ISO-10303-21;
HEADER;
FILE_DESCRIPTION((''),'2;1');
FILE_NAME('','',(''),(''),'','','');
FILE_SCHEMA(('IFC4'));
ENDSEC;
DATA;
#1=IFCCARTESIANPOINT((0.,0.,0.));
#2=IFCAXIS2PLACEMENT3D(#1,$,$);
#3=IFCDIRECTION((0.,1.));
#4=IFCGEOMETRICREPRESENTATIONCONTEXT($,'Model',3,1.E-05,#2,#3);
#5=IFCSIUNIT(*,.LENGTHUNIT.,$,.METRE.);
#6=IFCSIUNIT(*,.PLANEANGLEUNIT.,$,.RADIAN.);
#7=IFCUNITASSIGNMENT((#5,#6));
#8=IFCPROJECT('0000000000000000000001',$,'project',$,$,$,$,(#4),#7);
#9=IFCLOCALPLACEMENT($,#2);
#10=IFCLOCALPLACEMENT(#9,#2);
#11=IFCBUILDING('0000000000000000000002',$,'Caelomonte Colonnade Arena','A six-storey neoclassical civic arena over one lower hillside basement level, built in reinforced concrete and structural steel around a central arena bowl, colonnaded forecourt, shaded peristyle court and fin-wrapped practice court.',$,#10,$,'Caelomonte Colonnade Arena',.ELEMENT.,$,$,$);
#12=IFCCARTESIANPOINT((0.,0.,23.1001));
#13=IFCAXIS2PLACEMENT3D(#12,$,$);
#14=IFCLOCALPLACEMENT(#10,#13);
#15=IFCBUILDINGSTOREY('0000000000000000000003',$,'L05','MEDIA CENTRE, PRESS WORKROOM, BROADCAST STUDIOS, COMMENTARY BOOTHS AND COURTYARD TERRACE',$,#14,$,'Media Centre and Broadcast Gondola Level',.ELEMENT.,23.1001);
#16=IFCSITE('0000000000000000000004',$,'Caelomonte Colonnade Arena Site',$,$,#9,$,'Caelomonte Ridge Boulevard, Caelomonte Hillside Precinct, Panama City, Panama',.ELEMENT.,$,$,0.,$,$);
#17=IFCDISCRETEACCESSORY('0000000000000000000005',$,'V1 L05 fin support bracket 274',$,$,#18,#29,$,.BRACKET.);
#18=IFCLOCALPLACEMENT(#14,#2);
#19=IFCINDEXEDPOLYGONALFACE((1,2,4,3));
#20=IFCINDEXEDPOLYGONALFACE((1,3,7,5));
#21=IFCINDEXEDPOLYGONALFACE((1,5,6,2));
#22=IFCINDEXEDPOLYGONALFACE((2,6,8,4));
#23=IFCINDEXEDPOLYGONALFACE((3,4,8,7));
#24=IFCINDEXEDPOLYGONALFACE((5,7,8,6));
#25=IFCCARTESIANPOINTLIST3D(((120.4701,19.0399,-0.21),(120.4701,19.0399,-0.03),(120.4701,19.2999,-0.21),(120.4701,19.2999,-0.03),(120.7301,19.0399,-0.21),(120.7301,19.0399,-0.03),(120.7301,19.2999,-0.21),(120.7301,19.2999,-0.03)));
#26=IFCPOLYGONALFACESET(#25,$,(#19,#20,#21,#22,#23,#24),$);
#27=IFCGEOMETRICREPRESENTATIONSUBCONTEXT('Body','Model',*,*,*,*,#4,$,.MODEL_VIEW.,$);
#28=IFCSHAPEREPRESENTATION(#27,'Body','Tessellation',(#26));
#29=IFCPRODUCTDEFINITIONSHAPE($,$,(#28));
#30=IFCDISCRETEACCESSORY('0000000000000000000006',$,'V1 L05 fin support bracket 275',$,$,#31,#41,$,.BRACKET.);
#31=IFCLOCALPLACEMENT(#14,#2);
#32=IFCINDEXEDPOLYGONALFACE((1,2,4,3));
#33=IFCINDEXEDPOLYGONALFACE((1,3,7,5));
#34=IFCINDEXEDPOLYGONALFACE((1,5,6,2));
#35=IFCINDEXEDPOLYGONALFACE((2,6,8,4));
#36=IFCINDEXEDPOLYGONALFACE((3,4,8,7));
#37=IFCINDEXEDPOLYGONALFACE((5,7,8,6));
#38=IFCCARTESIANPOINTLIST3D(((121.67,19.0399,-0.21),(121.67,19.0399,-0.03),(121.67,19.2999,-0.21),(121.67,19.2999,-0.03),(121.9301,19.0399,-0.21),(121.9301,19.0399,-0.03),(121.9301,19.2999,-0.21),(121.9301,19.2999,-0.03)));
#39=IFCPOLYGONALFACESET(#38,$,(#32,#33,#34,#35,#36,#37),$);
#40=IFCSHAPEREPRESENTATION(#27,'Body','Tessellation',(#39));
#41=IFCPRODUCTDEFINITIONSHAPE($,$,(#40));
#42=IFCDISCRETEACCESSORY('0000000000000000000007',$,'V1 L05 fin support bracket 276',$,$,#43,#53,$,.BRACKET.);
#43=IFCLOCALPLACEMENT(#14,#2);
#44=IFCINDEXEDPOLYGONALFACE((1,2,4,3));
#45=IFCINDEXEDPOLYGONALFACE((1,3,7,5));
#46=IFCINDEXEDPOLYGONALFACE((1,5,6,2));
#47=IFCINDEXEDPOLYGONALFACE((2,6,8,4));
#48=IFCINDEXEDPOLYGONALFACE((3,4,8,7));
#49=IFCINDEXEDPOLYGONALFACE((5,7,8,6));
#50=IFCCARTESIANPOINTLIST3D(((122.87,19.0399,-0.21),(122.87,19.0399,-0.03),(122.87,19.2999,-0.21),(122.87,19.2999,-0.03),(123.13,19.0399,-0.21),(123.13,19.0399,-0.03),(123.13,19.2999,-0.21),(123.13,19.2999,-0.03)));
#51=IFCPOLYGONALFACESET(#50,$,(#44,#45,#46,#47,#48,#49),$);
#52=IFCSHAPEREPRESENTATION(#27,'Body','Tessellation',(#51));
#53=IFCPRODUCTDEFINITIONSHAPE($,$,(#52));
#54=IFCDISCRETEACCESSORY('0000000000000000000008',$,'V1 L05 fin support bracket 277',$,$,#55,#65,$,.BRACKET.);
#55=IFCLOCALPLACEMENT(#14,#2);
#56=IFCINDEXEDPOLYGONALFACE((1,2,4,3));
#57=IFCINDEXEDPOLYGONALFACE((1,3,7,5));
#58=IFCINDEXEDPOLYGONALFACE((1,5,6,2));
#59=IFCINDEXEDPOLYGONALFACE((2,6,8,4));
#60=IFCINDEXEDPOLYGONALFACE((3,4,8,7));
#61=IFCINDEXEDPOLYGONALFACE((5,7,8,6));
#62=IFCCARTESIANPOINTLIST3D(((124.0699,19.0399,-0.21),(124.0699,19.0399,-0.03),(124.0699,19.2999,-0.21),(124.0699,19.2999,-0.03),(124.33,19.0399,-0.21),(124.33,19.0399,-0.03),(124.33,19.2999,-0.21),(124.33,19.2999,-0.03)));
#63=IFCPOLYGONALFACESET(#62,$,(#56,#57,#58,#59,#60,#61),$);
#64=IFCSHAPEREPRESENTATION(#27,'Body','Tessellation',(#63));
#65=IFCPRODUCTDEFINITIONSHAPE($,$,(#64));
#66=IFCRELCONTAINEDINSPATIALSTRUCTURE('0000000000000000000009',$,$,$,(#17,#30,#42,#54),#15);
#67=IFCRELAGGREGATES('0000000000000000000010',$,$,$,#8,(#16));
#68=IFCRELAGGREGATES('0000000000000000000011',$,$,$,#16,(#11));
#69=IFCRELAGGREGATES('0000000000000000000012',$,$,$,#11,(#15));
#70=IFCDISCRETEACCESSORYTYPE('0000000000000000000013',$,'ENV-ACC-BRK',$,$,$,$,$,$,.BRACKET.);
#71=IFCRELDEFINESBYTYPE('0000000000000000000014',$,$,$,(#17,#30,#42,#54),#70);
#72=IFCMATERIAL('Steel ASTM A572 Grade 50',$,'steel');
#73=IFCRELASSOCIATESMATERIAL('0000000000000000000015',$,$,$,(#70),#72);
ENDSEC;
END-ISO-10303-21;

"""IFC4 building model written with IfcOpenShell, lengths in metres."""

from ifc_helpers import new_model, si_unit, direction, frame, origin, origin_2d, place, context, subcontext, project, spatial, rectangle, extrude, material, type_object, element, save


model = new_model("IFC4")

# Units and contexts
model_context = context("Model", 3, precision=1e-05, world=origin(), true_north=direction((0.0, 1.0)))
body_context = subcontext(model_context, "Body", "Model", "MODEL_VIEW")
ifc_project = project(units=[si_unit("LENGTHUNIT", "METRE"), si_unit("PLANEANGLEUNIT", "RADIAN")], contexts=[model_context])

# Site, building, storey
site_placement = place(None, origin())
site = spatial("IfcSite", under=ifc_project, at=site_placement, Name="Caelomonte Colonnade Arena Site", LongName="Caelomonte Ridge Boulevard, Caelomonte Hillside Precinct, Panama City, Panama", CompositionType="ELEMENT", RefElevation=0.0)
building_placement = place(site_placement, origin())
building = spatial("IfcBuilding", under=site, at=building_placement, Name="Caelomonte Colonnade Arena", Description="A six-storey neoclassical civic arena over one lower hillside basement level, built in reinforced concrete and structural steel around a central arena bowl, colonnaded forecourt, shaded peristyle court and fin-wrapped practice court.", LongName="Caelomonte Colonnade Arena", CompositionType="ELEMENT")
storey_placement = place(building_placement, frame((0.0, 0.0, 23.1001)))
storey = spatial("IfcBuildingStorey", under=building, at=storey_placement, Name="L05", Description="MEDIA CENTRE, PRESS WORKROOM, BROADCAST STUDIOS, COMMENTARY BOOTHS AND COURTYARD TERRACE", LongName="Media Centre and Broadcast Gondola Level", CompositionType="ELEMENT", Elevation=23.1001)

# Discrete accessories
ifc_material_1 = material(Name="Steel ASTM A572 Grade 50", Category="steel")
discrete_accessory_type = type_object("IfcDiscreteAccessoryType", Name="ENV-ACC-BRK", PredefinedType="BRACKET", material=ifc_material_1)
for number, where, z_axis, x_axis, name in (
    (1, (120.6001, 19.1699, -0.21), (0.0, 0.0, 1.0), (1.0, 0.0, 0.0), "V1 L05 fin support bracket 274"),
    (2, (121.8, 19.1699, -0.21), (0.0, 0.0, 1.0), (1.0, 0.0, 0.0), "V1 L05 fin support bracket 275"),
    (3, (123.0, 19.1699, -0.21), (0.0, 0.0, 1.0), (1.0, 0.0, 0.0), "V1 L05 fin support bracket 276"),
    (4, (124.2, 19.1699, -0.21), (0.0, 0.0, 1.0), (1.0, 0.0, 0.0), "V1 L05 fin support bracket 277"),
):
    element("IfcDiscreteAccessory", number, at=place(storey_placement, frame(where, z_axis=z_axis, x_axis=x_axis)), inside=storey, type_object=discrete_accessory_type, Name=name, PredefinedType="BRACKET", context=body_context, shape_type="SweptSolid", body=[
        extrude(rectangle(XDim=0.26, YDim=0.26, at=origin_2d()), origin(), (0.0, 0.0, 1.0), 0.1799),
    ])

save(model, "model.ifc")
